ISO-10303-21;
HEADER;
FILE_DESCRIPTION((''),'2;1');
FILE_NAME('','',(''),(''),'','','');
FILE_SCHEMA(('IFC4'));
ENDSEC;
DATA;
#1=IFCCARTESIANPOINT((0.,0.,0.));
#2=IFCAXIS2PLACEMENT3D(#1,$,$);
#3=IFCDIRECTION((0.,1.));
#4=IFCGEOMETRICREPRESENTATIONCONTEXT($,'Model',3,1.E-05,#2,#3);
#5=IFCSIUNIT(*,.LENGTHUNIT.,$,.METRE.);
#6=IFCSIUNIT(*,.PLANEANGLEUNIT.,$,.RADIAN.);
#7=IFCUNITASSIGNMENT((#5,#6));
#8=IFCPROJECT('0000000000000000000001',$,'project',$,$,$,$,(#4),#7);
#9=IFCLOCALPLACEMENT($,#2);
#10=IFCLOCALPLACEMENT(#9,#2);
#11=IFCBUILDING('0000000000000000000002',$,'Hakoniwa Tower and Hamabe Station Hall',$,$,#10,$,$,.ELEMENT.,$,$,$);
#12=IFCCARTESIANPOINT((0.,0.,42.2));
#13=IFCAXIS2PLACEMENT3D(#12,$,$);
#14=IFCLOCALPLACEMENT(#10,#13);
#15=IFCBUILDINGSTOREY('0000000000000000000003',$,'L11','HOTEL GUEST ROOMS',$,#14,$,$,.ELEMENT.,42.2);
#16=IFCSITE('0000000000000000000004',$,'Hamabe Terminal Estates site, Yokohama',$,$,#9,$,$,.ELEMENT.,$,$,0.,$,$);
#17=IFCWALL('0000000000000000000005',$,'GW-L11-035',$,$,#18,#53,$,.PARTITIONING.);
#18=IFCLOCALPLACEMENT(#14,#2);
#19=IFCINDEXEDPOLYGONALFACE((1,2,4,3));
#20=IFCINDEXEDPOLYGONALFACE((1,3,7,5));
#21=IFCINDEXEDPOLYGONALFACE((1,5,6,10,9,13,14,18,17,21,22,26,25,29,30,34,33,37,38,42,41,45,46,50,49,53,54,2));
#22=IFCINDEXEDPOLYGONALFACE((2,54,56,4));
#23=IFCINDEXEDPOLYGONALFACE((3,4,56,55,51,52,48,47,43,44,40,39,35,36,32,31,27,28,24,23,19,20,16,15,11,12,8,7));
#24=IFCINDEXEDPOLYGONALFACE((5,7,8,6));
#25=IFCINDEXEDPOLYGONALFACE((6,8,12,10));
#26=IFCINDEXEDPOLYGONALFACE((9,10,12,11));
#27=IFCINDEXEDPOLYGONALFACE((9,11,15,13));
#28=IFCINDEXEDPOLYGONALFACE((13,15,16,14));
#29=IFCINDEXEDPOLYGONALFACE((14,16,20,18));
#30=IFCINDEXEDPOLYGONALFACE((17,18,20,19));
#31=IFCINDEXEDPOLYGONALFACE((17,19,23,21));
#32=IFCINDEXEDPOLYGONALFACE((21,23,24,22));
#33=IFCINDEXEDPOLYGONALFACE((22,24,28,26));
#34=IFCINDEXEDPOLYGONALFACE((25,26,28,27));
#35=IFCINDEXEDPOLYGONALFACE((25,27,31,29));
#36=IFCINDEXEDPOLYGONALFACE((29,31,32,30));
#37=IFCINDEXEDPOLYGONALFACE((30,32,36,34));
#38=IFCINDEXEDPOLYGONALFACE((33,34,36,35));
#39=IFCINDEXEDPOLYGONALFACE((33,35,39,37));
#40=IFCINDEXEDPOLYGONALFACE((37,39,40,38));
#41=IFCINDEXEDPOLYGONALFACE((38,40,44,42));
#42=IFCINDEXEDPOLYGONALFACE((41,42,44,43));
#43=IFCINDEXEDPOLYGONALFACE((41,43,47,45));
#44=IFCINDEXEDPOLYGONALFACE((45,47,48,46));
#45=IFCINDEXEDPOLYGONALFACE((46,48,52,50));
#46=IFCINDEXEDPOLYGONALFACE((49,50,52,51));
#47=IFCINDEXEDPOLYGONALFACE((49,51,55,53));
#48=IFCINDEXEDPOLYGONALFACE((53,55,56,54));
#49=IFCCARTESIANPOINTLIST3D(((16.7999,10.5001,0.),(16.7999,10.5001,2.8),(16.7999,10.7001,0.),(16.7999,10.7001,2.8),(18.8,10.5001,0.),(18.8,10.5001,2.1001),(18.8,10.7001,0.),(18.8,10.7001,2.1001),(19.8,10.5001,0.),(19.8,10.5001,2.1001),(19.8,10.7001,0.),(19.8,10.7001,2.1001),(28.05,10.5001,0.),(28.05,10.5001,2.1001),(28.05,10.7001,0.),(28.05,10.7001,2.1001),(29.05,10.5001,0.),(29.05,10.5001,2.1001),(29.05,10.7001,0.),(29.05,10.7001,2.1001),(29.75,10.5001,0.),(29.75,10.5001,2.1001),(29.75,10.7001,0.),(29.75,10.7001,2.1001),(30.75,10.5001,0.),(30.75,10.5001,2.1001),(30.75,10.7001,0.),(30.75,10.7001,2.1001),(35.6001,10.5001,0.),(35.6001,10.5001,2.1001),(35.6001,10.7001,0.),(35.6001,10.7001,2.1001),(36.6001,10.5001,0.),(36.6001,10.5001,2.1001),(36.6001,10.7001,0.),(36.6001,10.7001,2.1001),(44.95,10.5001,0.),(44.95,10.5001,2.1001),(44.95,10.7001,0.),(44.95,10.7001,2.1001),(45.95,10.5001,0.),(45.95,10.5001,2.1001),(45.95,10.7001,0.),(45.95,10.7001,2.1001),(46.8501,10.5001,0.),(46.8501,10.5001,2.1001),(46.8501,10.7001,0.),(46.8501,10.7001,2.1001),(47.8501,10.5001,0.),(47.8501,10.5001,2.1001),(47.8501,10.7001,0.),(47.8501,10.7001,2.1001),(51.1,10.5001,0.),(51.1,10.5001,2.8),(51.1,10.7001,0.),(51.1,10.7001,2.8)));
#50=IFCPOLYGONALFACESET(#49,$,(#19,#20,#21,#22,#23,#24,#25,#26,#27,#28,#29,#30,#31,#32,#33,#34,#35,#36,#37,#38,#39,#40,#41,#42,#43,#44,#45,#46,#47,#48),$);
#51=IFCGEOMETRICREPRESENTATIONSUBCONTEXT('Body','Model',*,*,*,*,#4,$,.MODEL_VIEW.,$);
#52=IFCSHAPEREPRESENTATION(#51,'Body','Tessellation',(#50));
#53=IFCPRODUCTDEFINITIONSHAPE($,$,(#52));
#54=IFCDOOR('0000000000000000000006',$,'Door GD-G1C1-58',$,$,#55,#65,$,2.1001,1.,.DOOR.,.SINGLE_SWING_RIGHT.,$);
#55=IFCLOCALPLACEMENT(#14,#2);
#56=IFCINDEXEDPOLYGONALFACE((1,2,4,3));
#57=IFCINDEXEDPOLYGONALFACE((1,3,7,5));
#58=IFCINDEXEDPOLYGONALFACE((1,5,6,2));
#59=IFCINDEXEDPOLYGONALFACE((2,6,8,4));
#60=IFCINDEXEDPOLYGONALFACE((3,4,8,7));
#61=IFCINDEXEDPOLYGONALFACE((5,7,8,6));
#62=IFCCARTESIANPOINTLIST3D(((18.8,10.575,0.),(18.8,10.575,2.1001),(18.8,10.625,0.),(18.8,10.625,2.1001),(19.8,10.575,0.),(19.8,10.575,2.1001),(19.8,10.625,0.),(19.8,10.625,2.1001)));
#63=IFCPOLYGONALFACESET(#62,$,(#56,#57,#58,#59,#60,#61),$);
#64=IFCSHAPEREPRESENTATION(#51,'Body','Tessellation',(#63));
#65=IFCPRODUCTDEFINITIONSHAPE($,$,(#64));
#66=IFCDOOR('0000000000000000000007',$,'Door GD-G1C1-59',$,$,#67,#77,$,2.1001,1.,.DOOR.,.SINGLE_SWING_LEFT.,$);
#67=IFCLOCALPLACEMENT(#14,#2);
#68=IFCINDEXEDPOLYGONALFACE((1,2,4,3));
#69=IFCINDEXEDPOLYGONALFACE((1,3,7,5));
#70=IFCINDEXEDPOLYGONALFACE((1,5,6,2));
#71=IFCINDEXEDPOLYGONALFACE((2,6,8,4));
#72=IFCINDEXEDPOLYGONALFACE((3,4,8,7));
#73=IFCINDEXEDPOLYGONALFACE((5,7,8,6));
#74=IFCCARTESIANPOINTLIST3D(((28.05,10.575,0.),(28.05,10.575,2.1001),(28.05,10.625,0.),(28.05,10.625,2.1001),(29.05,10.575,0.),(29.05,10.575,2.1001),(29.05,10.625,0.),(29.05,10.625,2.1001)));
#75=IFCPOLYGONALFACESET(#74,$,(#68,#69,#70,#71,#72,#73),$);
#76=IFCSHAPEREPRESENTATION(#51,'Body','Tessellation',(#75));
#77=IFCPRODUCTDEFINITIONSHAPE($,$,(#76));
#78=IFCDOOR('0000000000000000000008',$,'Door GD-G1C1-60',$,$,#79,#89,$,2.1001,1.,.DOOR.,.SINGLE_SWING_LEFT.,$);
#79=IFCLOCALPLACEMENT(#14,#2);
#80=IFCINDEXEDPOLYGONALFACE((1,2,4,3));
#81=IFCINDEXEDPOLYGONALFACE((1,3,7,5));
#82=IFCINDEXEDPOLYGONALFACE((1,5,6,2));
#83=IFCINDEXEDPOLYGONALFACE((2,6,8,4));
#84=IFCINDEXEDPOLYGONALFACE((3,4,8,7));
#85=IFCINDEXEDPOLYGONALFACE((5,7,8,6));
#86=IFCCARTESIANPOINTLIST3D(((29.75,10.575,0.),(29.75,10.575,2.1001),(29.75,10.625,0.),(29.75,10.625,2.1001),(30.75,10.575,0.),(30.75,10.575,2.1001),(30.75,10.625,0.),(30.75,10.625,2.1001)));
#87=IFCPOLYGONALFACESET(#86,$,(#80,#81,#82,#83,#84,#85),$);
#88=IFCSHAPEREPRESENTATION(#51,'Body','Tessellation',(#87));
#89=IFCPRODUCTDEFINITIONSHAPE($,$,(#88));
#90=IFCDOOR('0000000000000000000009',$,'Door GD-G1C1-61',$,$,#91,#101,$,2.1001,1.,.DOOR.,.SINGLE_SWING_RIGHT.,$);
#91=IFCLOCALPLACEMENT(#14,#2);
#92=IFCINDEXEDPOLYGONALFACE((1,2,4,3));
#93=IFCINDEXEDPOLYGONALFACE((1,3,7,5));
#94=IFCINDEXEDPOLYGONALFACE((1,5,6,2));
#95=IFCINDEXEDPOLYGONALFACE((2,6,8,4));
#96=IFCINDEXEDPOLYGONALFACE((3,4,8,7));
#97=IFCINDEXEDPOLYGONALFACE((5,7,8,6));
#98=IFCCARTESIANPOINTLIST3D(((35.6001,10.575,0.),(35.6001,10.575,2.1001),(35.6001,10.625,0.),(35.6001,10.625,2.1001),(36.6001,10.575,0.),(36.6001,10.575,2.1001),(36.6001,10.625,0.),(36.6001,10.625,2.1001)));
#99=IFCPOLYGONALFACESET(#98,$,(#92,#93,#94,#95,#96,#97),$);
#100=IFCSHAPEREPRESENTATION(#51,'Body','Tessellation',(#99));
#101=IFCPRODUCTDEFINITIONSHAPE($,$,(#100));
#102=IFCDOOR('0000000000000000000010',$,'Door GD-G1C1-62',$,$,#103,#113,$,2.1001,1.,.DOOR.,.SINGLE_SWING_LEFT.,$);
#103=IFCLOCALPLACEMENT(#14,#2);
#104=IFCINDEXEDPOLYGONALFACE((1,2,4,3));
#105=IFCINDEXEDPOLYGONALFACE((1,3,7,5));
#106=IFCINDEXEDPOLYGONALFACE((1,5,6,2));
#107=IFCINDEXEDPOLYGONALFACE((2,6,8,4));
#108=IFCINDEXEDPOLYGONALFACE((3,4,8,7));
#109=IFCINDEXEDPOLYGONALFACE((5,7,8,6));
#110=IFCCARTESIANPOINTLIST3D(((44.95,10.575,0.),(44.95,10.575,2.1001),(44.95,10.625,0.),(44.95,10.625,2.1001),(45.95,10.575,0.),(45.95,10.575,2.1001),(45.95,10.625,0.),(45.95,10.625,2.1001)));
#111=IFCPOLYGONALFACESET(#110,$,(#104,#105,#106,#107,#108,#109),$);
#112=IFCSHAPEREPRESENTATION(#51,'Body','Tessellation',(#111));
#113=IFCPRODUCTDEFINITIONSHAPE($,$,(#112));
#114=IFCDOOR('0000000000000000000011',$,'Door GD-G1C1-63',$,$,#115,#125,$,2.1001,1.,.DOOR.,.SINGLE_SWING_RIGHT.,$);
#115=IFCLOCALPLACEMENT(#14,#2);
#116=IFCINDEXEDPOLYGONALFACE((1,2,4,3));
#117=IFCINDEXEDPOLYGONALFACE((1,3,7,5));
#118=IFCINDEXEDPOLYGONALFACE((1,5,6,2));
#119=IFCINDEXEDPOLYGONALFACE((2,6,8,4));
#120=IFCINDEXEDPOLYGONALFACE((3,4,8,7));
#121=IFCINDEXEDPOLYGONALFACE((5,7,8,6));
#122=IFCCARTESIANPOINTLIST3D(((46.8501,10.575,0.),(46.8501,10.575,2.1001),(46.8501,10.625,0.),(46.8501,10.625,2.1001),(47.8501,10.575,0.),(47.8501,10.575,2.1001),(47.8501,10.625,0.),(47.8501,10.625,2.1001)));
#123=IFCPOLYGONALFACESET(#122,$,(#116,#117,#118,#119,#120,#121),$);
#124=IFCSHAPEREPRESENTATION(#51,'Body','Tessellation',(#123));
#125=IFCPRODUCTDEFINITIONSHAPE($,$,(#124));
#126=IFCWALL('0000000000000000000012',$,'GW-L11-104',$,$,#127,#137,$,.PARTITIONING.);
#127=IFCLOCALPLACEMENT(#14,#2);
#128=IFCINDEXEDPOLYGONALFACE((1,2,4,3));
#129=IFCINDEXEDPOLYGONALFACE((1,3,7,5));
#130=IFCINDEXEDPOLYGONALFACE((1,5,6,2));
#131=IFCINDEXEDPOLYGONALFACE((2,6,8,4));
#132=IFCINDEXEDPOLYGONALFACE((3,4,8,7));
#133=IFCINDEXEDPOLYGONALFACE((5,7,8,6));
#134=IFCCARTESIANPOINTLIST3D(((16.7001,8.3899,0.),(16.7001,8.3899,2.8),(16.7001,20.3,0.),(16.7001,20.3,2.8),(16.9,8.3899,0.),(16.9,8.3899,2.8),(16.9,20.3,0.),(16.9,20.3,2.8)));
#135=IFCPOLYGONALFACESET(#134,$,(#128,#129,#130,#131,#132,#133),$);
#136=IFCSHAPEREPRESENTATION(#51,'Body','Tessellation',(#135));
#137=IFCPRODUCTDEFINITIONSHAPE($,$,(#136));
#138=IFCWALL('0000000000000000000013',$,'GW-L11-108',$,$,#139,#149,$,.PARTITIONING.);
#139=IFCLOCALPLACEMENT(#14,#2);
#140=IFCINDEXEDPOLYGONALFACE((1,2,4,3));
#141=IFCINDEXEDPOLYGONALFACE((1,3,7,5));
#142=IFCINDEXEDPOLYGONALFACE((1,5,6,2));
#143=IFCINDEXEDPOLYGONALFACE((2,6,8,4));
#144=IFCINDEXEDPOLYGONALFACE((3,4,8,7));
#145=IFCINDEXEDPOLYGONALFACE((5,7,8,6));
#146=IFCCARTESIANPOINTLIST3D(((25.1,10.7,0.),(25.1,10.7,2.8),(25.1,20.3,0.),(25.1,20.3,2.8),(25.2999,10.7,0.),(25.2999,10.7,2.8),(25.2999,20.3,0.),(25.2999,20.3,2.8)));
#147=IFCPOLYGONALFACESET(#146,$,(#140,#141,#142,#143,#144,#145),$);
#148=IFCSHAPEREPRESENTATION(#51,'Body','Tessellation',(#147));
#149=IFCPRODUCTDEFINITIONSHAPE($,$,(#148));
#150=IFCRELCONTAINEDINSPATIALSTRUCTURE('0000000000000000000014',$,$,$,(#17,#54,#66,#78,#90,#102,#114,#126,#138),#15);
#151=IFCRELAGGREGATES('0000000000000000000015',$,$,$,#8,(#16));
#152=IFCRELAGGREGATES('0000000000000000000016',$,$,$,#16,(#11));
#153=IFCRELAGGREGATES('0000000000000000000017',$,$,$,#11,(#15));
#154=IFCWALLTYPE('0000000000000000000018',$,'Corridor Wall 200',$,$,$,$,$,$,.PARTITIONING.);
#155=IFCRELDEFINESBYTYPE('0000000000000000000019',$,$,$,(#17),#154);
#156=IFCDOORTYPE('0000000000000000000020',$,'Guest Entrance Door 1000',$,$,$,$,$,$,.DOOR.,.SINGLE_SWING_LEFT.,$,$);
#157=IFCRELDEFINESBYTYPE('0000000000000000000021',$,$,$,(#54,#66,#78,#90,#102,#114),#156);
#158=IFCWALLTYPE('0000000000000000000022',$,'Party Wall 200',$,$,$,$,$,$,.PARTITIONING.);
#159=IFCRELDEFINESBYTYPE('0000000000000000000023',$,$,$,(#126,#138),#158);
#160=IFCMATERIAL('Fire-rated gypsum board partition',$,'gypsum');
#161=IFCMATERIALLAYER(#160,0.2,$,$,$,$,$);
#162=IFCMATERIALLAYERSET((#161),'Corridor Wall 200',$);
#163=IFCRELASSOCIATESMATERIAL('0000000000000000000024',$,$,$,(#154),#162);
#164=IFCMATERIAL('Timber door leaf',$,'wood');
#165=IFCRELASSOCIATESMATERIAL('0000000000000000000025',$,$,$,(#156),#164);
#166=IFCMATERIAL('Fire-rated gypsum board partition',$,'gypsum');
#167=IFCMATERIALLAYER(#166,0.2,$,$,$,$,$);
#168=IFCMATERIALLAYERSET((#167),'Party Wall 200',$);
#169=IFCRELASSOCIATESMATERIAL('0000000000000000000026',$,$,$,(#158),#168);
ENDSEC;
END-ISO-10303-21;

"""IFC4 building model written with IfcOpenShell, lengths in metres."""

from ifc_helpers import new_model, si_unit, direction, frame, frame_2d, origin, place, context, subcontext, project, spatial, rectangle, extrude, material, layer, layer_set, type_object, element, fill, save


model = new_model("IFC4")

# Units and contexts
model_context = context("Model", 3, precision=1e-05, world=origin(), true_north=direction((0.0, 1.0)))
body_context = subcontext(model_context, "Body", "Model", "MODEL_VIEW")
ifc_project = project(units=[si_unit("LENGTHUNIT", "METRE"), si_unit("PLANEANGLEUNIT", "RADIAN")], contexts=[model_context])

# Site, building, storey
site_placement = place(None, origin())
site = spatial("IfcSite", under=ifc_project, at=site_placement, Name="Hamabe Terminal Estates site, Yokohama", CompositionType="ELEMENT", RefElevation=0.0)
building_placement = place(site_placement, origin())
building = spatial("IfcBuilding", under=site, at=building_placement, Name="Hakoniwa Tower and Hamabe Station Hall", CompositionType="ELEMENT")
storey_placement = place(building_placement, frame((0.0, 0.0, 42.2)))
storey = spatial("IfcBuildingStorey", under=building, at=storey_placement, Name="L11", Description="HOTEL GUEST ROOMS", CompositionType="ELEMENT", Elevation=42.2)

# Wall, openings, doors
ifc_material_1 = material(Name="Fire-rated gypsum board partition", Category="gypsum")
ifc_layer_1 = layer(ifc_material_1, 0.2)
ifc_layer_set_1 = layer_set([ifc_layer_1], Name="Corridor Wall 200")
wall_type_1 = type_object("IfcWallType", Name="Corridor Wall 200", PredefinedType="PARTITIONING", material=ifc_layer_set_1)
wall_1_placement = place(storey_placement, frame((16.8, 10.6001, 0.0), z_axis=(0.0, 0.0, 1.0), x_axis=(1.0, 0.0, 0.0)))
wall_1 = element("IfcWall", 1, at=wall_1_placement, inside=storey, type_object=wall_type_1, Name="GW-L11-035", PredefinedType="PARTITIONING", context=body_context, shape_type="SweptSolid", body=[
    extrude(rectangle(XDim=34.3, YDim=0.2, at=frame_2d((17.1499, 0.0))), origin(), (0.0, 0.0, 1.0), 2.8),
])
opening_1_placement = place(wall_1_placement, frame((2.0, 0.0, 0.0)))
opening_1 = element("IfcOpeningElement", 2, at=opening_1_placement, cuts=wall_1, PredefinedType="OPENING", context=body_context, shape_type="SweptSolid", body=[
    extrude(rectangle(XDim=1.0, YDim=2.1001, at=frame_2d((0.5, 1.05))), frame((0.0, 0.1099, 0.0), z_axis=(0.0, -1.0, 0.0), x_axis=(1.0, 0.0, 0.0)), (0.0, 0.0, 1.0), 0.22),
])
opening_2_placement = place(wall_1_placement, frame((11.25, 0.0, 0.0)))
opening_2 = element("IfcOpeningElement", 3, at=opening_2_placement, cuts=wall_1, PredefinedType="OPENING", context=body_context, shape_type="SweptSolid", body=[
    extrude(rectangle(XDim=1.0, YDim=2.1001, at=frame_2d((0.5, 1.05))), frame((0.0, 0.1099, 0.0), z_axis=(0.0, -1.0, 0.0), x_axis=(1.0, 0.0, 0.0)), (0.0, 0.0, 1.0), 0.22),
])
opening_3_placement = place(wall_1_placement, frame((12.95, 0.0, 0.0)))
opening_3 = element("IfcOpeningElement", 4, at=opening_3_placement, cuts=wall_1, PredefinedType="OPENING", context=body_context, shape_type="SweptSolid", body=[
    extrude(rectangle(XDim=1.0, YDim=2.1001, at=frame_2d((0.5, 1.05))), frame((0.0, 0.1099, 0.0), z_axis=(0.0, -1.0, 0.0), x_axis=(1.0, 0.0, 0.0)), (0.0, 0.0, 1.0), 0.22),
])
opening_4_placement = place(wall_1_placement, frame((18.8, 0.0, 0.0)))
opening_4 = element("IfcOpeningElement", 5, at=opening_4_placement, cuts=wall_1, PredefinedType="OPENING", context=body_context, shape_type="SweptSolid", body=[
    extrude(rectangle(XDim=1.0, YDim=2.1001, at=frame_2d((0.5, 1.05))), frame((0.0, 0.1099, 0.0), z_axis=(0.0, -1.0, 0.0), x_axis=(1.0, 0.0, 0.0)), (0.0, 0.0, 1.0), 0.22),
])
opening_5_placement = place(wall_1_placement, frame((28.1499, 0.0, 0.0)))
opening_5 = element("IfcOpeningElement", 6, at=opening_5_placement, cuts=wall_1, PredefinedType="OPENING", context=body_context, shape_type="SweptSolid", body=[
    extrude(rectangle(XDim=1.0, YDim=2.1001, at=frame_2d((0.5, 1.05))), frame((0.0, 0.1099, 0.0), z_axis=(0.0, -1.0, 0.0), x_axis=(1.0, 0.0, 0.0)), (0.0, 0.0, 1.0), 0.22),
])
opening_6_placement = place(wall_1_placement, frame((30.05, 0.0, 0.0)))
opening_6 = element("IfcOpeningElement", 7, at=opening_6_placement, cuts=wall_1, PredefinedType="OPENING", context=body_context, shape_type="SweptSolid", body=[
    extrude(rectangle(XDim=1.0, YDim=2.1001, at=frame_2d((0.5, 1.05))), frame((0.0, 0.1099, 0.0), z_axis=(0.0, -1.0, 0.0), x_axis=(1.0, 0.0, 0.0)), (0.0, 0.0, 1.0), 0.22),
])
ifc_material_2 = material(Name="Timber door leaf", Category="wood")
door_type_1 = type_object("IfcDoorType", Name="Guest Entrance Door 1000", OperationType="SINGLE_SWING_LEFT", PredefinedType="DOOR", material=ifc_material_2)
door_1_placement = place(opening_1_placement, origin())
door_1 = element("IfcDoor", 8, at=door_1_placement, inside=storey, type_object=door_type_1, Name="Door GD-G1C1-58", OperationType="SINGLE_SWING_RIGHT", OverallHeight=2.1001, OverallWidth=1.0, PredefinedType="DOOR", context=body_context, shape_type="SweptSolid", body=[
    extrude(rectangle(XDim=1.0, YDim=2.1001, at=frame_2d((0.5, 1.05))), frame((0.0, 0.0249, 0.0), z_axis=(0.0, -1.0, 0.0), x_axis=(1.0, 0.0, 0.0)), (0.0, 0.0, 1.0), 0.05),
])
fill(opening_1, door_1)
door_2_placement = place(opening_2_placement, origin())
door_2 = element("IfcDoor", 9, at=door_2_placement, inside=storey, type_object=door_type_1, Name="Door GD-G1C1-59", OperationType="SINGLE_SWING_LEFT", OverallHeight=2.1001, OverallWidth=1.0, PredefinedType="DOOR", context=body_context, shape_type="SweptSolid", body=[
    extrude(rectangle(XDim=1.0, YDim=2.1001, at=frame_2d((0.5, 1.05))), frame((0.0, 0.0249, 0.0), z_axis=(0.0, -1.0, 0.0), x_axis=(1.0, 0.0, 0.0)), (0.0, 0.0, 1.0), 0.05),
])
fill(opening_2, door_2)
door_3_placement = place(opening_3_placement, origin())
door_3 = element("IfcDoor", 10, at=door_3_placement, inside=storey, type_object=door_type_1, Name="Door GD-G1C1-60", OperationType="SINGLE_SWING_LEFT", OverallHeight=2.1001, OverallWidth=1.0, PredefinedType="DOOR", context=body_context, shape_type="SweptSolid", body=[
    extrude(rectangle(XDim=1.0, YDim=2.1001, at=frame_2d((0.5, 1.05))), frame((0.0, 0.0249, 0.0), z_axis=(0.0, -1.0, 0.0), x_axis=(1.0, 0.0, 0.0)), (0.0, 0.0, 1.0), 0.05),
])
fill(opening_3, door_3)
door_4_placement = place(opening_4_placement, origin())
door_4 = element("IfcDoor", 11, at=door_4_placement, inside=storey, type_object=door_type_1, Name="Door GD-G1C1-61", OperationType="SINGLE_SWING_RIGHT", OverallHeight=2.1001, OverallWidth=1.0, PredefinedType="DOOR", context=body_context, shape_type="SweptSolid", body=[
    extrude(rectangle(XDim=1.0, YDim=2.1001, at=frame_2d((0.5, 1.05))), frame((0.0, 0.0249, 0.0), z_axis=(0.0, -1.0, 0.0), x_axis=(1.0, 0.0, 0.0)), (0.0, 0.0, 1.0), 0.05),
])
fill(opening_4, door_4)
door_5_placement = place(opening_5_placement, origin())
door_5 = element("IfcDoor", 12, at=door_5_placement, inside=storey, type_object=door_type_1, Name="Door GD-G1C1-62", OperationType="SINGLE_SWING_LEFT", OverallHeight=2.1001, OverallWidth=1.0, PredefinedType="DOOR", context=body_context, shape_type="SweptSolid", body=[
    extrude(rectangle(XDim=1.0, YDim=2.1001, at=frame_2d((0.5, 1.05))), frame((0.0, 0.0249, 0.0), z_axis=(0.0, -1.0, 0.0), x_axis=(1.0, 0.0, 0.0)), (0.0, 0.0, 1.0), 0.05),
])
fill(opening_5, door_5)
door_6_placement = place(opening_6_placement, origin())
door_6 = element("IfcDoor", 13, at=door_6_placement, inside=storey, type_object=door_type_1, Name="Door GD-G1C1-63", OperationType="SINGLE_SWING_RIGHT", OverallHeight=2.1001, OverallWidth=1.0, PredefinedType="DOOR", context=body_context, shape_type="SweptSolid", body=[
    extrude(rectangle(XDim=1.0, YDim=2.1001, at=frame_2d((0.5, 1.05))), frame((0.0, 0.0249, 0.0), z_axis=(0.0, -1.0, 0.0), x_axis=(1.0, 0.0, 0.0)), (0.0, 0.0, 1.0), 0.05),
])
fill(opening_6, door_6)

# Walls
ifc_material_3 = material(Name="Fire-rated gypsum board partition", Category="gypsum")
ifc_layer_2 = layer(ifc_material_3, 0.2)
ifc_layer_set_2 = layer_set([ifc_layer_2], Name="Party Wall 200")
wall_type_2 = type_object("IfcWallType", Name="Party Wall 200", PredefinedType="PARTITIONING", material=ifc_layer_set_2)
wall_2_placement = place(storey_placement, frame((16.8, 8.3899, 0.0), z_axis=(0.0, 0.0, 1.0), x_axis=(0.0, 1.0, 0.0)))
element("IfcWall", 14, at=wall_2_placement, inside=storey, type_object=wall_type_2, Name="GW-L11-104", PredefinedType="PARTITIONING", context=body_context, shape_type="SweptSolid", body=[
    extrude(rectangle(XDim=11.9102, YDim=0.2, at=frame_2d((5.9551, 0.0))), origin(), (0.0, 0.0, 1.0), 2.8),
])
wall_3_placement = place(storey_placement, frame((25.2, 10.7, 0.0), z_axis=(0.0, 0.0, 1.0), x_axis=(0.0, 1.0, 0.0)))
element("IfcWall", 15, at=wall_3_placement, inside=storey, type_object=wall_type_2, Name="GW-L11-108", PredefinedType="PARTITIONING", context=body_context, shape_type="SweptSolid", body=[
    extrude(rectangle(XDim=9.6001, YDim=0.2, at=frame_2d((4.8, 0.0))), origin(), (0.0, 0.0, 1.0), 2.8),
])

save(model, "model.ifc")
